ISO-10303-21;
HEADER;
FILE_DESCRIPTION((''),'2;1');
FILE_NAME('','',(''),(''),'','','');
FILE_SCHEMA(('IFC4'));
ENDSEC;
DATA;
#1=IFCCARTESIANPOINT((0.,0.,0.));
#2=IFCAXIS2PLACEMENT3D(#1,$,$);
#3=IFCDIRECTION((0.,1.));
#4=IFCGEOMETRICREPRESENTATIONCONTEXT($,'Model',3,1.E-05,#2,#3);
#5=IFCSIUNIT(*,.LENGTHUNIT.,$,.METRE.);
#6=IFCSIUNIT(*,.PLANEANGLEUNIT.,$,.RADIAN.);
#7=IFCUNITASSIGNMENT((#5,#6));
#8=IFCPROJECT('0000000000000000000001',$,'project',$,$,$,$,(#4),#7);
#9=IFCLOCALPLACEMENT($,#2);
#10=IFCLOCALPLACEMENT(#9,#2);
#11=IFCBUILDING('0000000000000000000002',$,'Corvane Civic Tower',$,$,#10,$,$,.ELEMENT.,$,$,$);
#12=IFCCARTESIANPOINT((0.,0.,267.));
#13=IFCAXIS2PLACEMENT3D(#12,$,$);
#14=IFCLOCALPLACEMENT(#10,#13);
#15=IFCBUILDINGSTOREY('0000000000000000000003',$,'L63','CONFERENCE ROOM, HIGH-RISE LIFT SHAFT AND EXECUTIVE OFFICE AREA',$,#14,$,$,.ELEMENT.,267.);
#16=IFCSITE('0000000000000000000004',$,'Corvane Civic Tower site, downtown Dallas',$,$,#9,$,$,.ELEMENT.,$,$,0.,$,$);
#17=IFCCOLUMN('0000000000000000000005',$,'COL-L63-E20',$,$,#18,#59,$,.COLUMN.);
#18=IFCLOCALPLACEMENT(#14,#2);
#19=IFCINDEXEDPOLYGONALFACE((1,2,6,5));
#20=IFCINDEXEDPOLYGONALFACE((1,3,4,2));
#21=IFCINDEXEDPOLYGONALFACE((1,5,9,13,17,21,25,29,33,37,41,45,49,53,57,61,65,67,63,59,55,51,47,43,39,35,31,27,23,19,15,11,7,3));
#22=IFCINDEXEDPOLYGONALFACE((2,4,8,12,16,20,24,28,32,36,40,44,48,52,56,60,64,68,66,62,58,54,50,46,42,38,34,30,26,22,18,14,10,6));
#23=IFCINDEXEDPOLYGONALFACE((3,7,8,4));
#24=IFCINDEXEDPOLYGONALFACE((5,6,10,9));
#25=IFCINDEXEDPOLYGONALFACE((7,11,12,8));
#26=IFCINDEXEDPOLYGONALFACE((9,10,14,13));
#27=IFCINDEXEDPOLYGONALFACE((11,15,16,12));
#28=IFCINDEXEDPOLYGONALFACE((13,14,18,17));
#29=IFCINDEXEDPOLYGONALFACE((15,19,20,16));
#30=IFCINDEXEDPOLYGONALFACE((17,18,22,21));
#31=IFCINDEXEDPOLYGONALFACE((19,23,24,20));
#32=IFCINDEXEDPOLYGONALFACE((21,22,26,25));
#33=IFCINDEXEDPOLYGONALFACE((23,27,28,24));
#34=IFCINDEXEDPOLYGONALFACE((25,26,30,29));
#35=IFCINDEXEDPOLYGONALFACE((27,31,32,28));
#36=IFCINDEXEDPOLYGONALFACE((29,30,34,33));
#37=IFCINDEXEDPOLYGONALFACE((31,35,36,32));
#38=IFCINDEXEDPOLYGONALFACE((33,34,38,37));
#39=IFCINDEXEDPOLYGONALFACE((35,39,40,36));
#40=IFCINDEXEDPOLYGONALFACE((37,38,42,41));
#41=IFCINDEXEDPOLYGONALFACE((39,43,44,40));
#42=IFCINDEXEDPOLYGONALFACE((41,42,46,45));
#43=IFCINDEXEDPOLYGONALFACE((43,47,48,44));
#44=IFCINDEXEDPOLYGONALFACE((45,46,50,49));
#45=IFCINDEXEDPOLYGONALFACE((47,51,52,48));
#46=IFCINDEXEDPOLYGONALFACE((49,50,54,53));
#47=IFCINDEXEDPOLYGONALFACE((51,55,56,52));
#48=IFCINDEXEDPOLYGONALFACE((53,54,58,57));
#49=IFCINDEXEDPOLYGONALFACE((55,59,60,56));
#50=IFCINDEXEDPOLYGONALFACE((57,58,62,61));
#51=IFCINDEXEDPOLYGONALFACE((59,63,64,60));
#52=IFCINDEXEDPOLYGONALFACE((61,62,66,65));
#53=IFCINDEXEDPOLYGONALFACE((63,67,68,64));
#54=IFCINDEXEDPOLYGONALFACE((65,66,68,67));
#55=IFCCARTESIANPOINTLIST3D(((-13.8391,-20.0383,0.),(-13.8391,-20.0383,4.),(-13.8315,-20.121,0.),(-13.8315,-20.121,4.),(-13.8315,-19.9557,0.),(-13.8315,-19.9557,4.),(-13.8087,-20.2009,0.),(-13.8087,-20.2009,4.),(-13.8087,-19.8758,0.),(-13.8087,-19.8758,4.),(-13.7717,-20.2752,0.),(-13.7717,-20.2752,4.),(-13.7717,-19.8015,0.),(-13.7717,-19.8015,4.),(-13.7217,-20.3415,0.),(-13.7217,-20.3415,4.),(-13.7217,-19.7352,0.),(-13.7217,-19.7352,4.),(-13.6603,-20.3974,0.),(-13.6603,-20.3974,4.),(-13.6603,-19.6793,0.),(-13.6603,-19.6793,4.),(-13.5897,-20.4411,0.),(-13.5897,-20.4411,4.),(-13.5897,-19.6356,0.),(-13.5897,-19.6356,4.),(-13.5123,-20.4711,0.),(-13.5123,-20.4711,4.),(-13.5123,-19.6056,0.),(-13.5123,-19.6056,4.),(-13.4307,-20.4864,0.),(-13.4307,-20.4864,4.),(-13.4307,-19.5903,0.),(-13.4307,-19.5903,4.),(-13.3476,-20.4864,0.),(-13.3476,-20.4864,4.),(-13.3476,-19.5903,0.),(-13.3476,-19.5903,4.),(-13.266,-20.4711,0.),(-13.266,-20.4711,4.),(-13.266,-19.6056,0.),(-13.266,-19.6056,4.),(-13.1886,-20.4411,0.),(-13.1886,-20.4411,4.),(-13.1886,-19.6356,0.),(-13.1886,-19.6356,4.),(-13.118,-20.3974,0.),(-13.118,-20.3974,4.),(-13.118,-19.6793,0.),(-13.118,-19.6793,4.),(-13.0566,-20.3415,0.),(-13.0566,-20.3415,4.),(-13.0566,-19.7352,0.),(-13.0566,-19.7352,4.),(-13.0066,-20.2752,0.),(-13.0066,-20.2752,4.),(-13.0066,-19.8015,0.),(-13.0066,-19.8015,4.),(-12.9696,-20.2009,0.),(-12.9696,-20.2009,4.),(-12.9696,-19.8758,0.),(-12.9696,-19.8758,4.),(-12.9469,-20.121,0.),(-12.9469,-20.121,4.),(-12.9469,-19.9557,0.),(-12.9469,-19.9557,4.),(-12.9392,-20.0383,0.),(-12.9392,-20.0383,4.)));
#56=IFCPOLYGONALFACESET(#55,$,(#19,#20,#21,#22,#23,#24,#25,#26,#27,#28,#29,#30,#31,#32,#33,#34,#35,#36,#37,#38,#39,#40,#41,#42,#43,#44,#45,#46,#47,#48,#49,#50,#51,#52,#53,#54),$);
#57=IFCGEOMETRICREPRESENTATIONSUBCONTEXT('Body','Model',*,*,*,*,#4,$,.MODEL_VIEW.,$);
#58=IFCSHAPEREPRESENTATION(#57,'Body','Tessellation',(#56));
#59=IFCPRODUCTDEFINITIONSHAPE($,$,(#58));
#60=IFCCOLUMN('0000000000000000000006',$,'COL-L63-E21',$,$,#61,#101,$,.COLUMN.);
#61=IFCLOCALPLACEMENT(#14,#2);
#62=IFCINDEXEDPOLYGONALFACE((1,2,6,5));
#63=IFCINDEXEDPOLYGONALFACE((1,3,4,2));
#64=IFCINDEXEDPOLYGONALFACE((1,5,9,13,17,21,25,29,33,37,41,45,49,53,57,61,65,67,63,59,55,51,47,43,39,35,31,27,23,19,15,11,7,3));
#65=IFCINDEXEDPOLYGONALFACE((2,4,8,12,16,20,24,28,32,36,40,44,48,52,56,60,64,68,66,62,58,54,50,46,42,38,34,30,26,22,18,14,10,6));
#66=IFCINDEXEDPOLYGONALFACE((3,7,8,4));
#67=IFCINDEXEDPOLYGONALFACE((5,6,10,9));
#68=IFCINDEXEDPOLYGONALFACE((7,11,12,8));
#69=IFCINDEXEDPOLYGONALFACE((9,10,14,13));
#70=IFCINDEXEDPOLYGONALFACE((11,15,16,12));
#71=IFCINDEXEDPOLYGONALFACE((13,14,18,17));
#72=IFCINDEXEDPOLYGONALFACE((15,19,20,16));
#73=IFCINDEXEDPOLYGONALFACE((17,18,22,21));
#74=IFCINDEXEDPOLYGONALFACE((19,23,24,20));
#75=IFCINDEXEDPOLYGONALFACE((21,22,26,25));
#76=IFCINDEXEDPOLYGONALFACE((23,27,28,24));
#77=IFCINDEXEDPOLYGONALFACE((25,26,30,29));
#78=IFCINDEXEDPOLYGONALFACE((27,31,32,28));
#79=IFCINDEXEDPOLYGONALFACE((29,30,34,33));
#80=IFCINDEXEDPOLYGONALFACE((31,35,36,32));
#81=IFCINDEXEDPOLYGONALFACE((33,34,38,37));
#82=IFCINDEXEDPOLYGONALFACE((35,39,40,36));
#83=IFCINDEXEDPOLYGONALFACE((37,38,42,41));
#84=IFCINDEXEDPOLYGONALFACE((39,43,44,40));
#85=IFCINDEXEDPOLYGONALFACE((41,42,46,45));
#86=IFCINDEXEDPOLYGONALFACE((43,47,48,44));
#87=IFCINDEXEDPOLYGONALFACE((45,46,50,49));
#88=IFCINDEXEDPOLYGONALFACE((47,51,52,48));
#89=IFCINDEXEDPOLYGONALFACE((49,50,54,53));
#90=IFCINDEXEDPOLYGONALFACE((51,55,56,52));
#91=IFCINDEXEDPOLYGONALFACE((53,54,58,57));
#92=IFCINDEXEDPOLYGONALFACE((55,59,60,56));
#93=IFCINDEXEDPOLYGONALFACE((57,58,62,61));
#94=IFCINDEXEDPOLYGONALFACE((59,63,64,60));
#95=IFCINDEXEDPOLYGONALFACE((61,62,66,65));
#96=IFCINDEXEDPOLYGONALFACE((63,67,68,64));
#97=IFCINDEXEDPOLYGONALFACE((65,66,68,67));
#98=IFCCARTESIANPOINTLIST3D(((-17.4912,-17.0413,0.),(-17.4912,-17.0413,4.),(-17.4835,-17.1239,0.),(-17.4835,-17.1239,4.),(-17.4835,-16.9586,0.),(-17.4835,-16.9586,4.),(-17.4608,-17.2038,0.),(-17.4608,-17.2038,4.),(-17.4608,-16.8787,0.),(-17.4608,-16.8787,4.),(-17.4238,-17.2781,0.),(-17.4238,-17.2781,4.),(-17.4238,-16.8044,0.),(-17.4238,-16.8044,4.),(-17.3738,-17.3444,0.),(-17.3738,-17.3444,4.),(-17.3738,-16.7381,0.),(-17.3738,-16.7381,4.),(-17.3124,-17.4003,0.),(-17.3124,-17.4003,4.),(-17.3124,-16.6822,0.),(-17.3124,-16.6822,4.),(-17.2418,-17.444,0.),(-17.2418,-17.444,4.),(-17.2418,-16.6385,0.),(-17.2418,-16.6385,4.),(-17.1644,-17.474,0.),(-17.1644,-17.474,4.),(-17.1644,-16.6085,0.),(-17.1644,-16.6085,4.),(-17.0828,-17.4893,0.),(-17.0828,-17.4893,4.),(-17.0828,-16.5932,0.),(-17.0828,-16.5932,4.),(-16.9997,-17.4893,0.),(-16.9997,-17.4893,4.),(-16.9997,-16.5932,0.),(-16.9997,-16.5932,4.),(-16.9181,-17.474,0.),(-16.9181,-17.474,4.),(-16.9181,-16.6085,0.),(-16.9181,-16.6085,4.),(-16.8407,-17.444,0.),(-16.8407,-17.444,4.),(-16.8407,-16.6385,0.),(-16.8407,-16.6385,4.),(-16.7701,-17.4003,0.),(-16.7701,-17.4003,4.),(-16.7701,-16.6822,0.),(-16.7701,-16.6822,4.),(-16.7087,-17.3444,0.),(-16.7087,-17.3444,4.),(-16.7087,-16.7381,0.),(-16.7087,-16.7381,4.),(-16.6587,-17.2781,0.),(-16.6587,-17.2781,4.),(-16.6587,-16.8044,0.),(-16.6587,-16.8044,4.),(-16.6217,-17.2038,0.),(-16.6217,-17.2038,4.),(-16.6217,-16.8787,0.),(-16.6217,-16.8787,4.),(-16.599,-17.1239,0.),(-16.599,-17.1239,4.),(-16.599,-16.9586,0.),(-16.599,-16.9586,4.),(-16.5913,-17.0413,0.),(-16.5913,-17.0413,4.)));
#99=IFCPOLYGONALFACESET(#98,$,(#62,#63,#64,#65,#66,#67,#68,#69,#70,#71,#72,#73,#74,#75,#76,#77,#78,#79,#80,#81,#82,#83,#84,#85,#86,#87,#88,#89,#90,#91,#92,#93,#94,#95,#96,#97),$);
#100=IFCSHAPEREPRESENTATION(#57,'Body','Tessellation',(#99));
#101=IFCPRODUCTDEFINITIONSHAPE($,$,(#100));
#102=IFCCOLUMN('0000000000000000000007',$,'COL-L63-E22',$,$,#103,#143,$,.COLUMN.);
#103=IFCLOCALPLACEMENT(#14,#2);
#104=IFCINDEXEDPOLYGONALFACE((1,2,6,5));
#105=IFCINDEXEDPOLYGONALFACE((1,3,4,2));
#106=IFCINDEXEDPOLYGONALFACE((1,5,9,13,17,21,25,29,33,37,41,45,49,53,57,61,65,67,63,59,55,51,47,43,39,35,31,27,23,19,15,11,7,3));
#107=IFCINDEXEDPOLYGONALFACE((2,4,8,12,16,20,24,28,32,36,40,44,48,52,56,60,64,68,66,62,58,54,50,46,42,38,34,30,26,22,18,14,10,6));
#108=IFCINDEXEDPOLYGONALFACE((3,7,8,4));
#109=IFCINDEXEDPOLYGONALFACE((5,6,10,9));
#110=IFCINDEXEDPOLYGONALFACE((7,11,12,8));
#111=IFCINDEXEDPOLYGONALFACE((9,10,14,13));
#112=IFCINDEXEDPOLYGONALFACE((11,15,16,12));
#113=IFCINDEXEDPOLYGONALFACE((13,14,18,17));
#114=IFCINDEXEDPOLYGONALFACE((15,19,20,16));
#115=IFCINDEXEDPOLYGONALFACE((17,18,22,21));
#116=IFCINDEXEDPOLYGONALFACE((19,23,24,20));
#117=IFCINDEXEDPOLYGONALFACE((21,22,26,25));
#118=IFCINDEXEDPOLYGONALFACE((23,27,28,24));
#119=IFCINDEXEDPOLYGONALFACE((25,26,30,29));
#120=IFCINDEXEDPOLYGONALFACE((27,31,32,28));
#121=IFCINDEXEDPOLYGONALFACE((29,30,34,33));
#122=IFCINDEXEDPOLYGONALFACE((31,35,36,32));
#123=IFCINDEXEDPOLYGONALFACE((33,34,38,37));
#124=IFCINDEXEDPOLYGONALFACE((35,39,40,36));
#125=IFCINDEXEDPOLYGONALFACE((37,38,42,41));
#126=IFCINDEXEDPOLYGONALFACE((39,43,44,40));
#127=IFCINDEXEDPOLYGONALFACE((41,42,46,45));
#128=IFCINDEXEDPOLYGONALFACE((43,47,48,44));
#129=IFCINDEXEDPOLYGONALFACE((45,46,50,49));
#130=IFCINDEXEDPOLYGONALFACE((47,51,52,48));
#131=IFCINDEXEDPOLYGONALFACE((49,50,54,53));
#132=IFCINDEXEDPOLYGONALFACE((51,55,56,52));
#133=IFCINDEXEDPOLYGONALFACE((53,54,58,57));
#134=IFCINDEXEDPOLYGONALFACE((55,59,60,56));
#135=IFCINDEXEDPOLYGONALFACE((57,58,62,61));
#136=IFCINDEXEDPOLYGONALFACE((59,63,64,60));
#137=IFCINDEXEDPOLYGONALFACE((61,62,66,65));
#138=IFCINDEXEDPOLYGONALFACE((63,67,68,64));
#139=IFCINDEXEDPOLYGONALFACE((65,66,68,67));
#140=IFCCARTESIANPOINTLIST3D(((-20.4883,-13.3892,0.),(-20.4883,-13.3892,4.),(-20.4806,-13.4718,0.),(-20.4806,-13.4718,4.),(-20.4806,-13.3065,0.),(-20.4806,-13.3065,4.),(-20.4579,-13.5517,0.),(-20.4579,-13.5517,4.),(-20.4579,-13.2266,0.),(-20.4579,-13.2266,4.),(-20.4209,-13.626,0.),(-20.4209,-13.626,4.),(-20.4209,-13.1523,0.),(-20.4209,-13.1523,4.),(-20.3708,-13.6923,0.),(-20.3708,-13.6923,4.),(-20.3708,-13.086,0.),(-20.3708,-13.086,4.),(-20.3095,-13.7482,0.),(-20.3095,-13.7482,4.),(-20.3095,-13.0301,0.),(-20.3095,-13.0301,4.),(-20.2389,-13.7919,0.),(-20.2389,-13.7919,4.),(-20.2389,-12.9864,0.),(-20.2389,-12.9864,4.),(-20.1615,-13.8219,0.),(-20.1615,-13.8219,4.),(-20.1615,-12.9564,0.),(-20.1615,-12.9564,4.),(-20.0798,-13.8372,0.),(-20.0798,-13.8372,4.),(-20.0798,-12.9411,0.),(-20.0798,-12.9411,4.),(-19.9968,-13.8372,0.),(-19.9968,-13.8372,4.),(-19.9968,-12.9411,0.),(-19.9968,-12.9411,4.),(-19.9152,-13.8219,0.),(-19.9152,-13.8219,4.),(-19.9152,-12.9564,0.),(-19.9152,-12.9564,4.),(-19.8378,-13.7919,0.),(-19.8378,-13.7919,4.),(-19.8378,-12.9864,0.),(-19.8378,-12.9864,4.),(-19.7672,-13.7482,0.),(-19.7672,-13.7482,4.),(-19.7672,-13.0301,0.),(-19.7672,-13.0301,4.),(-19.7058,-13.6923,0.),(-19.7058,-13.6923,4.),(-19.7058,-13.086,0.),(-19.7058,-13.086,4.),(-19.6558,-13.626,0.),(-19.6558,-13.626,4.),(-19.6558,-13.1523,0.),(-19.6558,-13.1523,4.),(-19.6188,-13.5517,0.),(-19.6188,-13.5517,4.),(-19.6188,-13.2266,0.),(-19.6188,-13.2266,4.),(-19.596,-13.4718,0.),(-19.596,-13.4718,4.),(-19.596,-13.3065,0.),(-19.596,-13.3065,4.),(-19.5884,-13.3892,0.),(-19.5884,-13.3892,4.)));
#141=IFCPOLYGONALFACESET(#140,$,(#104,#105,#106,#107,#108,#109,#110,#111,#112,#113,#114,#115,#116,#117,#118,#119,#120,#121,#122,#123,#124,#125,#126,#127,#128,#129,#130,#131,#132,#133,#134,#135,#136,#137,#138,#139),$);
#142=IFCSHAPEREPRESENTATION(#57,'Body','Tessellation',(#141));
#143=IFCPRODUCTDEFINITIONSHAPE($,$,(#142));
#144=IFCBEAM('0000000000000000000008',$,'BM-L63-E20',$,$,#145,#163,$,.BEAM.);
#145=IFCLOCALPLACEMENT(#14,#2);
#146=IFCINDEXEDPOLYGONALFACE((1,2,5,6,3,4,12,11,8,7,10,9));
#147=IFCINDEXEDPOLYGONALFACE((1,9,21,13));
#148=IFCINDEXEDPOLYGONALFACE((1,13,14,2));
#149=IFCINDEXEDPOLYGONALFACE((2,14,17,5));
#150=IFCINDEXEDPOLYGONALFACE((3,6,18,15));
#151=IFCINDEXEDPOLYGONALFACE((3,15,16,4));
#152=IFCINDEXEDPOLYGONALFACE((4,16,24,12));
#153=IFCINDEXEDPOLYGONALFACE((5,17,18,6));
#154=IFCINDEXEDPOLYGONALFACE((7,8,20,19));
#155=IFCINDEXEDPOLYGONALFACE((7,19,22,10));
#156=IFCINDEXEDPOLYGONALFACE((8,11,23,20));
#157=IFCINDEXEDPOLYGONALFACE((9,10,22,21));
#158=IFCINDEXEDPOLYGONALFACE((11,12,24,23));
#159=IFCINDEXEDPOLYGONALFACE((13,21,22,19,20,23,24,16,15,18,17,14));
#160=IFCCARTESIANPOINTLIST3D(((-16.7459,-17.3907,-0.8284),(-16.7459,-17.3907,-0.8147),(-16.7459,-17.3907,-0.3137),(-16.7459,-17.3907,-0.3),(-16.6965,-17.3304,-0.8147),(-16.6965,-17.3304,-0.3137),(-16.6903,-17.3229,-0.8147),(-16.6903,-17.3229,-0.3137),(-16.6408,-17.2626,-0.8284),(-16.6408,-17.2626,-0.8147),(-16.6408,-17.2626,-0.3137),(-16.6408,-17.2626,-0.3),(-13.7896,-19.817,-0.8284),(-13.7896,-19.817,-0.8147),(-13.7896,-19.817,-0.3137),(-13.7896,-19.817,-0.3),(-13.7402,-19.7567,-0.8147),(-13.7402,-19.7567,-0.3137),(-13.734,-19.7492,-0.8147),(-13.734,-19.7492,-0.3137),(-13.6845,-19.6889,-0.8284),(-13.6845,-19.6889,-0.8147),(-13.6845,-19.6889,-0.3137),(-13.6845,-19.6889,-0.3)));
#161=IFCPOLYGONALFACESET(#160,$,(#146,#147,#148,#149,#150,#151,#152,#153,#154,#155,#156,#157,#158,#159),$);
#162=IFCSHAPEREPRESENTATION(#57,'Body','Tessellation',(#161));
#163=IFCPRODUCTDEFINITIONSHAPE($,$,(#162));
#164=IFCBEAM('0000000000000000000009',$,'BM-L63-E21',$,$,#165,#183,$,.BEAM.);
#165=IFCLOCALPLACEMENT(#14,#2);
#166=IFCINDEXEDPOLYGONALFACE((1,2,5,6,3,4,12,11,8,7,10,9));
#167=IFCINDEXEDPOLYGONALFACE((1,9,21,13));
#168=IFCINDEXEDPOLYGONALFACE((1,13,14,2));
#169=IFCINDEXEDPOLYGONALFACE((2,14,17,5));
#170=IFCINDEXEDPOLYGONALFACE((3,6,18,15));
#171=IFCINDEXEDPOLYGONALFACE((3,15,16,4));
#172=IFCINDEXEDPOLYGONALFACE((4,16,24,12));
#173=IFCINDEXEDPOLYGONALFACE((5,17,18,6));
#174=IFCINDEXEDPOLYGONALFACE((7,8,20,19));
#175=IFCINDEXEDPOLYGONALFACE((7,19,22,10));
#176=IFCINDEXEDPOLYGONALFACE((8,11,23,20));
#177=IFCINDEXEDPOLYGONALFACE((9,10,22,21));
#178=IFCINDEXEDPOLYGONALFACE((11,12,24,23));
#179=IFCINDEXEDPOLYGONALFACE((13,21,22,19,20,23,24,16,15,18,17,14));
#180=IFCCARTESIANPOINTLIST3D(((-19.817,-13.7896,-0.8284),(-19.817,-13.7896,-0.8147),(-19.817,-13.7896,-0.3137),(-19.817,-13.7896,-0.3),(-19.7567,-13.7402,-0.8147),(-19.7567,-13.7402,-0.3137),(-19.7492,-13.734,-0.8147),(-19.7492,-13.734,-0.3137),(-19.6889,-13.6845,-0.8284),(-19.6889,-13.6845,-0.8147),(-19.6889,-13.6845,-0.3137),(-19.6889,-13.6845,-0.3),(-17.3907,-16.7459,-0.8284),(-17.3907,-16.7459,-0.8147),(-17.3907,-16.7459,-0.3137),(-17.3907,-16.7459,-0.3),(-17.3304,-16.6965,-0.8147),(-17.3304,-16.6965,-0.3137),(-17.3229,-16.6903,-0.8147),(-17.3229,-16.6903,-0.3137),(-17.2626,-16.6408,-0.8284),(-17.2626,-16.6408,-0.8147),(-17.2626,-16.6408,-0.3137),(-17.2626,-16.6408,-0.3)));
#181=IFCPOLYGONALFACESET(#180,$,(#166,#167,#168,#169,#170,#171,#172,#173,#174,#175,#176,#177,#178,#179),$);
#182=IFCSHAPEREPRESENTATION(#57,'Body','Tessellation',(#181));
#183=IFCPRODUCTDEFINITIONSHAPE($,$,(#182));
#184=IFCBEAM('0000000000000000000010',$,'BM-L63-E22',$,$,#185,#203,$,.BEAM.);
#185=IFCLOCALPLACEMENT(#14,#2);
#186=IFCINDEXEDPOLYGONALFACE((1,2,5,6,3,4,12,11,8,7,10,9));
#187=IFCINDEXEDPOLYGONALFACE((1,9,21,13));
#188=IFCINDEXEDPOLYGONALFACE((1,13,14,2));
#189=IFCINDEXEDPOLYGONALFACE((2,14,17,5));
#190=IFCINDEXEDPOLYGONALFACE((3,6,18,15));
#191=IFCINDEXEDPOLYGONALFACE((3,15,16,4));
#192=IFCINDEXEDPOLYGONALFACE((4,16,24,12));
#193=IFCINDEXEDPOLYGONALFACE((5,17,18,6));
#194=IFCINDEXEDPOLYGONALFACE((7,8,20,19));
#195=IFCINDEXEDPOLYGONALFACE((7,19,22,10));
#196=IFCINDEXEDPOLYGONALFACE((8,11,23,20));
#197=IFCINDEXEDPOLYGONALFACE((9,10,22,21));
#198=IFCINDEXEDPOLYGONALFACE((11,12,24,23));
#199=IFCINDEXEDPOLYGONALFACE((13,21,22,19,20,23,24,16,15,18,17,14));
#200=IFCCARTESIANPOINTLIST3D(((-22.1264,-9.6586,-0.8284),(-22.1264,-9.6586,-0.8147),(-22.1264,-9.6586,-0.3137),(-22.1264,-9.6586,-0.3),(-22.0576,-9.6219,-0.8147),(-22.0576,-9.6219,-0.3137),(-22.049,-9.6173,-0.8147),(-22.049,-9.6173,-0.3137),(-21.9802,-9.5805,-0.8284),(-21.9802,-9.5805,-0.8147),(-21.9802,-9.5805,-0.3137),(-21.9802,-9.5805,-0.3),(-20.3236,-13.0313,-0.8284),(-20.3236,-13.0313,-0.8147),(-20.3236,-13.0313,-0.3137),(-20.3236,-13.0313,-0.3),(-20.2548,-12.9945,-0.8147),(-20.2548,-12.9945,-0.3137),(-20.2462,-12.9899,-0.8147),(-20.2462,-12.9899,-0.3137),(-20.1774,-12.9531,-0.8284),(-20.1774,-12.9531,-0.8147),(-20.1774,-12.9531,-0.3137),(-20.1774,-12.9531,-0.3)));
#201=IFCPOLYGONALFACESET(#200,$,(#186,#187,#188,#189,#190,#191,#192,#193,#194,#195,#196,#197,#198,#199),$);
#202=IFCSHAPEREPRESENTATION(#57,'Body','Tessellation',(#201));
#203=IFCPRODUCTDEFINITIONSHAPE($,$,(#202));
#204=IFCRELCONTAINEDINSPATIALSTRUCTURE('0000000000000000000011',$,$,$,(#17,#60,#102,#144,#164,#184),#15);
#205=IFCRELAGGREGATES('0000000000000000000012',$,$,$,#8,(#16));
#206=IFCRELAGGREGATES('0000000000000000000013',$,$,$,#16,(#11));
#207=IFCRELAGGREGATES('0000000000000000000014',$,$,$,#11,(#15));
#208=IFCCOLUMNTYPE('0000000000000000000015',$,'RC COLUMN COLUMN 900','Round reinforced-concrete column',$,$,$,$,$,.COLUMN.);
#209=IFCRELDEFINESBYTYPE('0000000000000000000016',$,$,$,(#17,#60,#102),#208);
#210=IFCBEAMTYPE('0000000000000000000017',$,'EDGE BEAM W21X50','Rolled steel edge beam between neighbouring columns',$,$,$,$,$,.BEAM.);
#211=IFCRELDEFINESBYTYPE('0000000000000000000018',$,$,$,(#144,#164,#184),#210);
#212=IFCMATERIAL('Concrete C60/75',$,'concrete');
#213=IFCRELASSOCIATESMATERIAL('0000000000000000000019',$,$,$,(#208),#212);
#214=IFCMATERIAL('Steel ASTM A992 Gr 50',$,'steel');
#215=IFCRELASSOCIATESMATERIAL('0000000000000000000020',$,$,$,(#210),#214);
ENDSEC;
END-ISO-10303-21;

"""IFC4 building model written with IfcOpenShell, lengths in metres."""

from ifc_helpers import new_model, si_unit, direction, frame, origin, origin_2d, place, context, subcontext, project, spatial, circle, i_section, extrude, material, material_profile, profile_set, type_object, element, save


model = new_model("IFC4")

# Units and contexts
model_context = context("Model", 3, precision=1e-05, world=origin(), true_north=direction((0.0, 1.0)))
body_context = subcontext(model_context, "Body", "Model", "MODEL_VIEW")
ifc_project = project(units=[si_unit("LENGTHUNIT", "METRE"), si_unit("PLANEANGLEUNIT", "RADIAN")], contexts=[model_context])

# Site, building, storey
site_placement = place(None, origin())
site = spatial("IfcSite", under=ifc_project, at=site_placement, Name="Corvane Civic Tower site, downtown Dallas", CompositionType="ELEMENT", RefElevation=0.0)
building_placement = place(site_placement, origin())
building = spatial("IfcBuilding", under=site, at=building_placement, Name="Corvane Civic Tower", CompositionType="ELEMENT")
storey_placement = place(building_placement, frame((0.0, 0.0, 267.0)))
storey = spatial("IfcBuildingStorey", under=building, at=storey_placement, Name="L63", Description="CONFERENCE ROOM, HIGH-RISE LIFT SHAFT AND EXECUTIVE OFFICE AREA", CompositionType="ELEMENT", Elevation=267.0)

# Columns
ifc_material_1 = material(Name="Concrete C60/75", Category="concrete")
ifc_material_profile_1 = material_profile(ifc_material_1, circle(Radius=0.45, at=origin_2d()), Name="COLUMN 900")
ifc_profile_set_1 = profile_set([ifc_material_profile_1], Name="Concrete C60/75")
column_type = type_object("IfcColumnType", Name="RC COLUMN COLUMN 900", Description="Round reinforced-concrete column", PredefinedType="COLUMN", material=ifc_profile_set_1)
for number, where, z_axis, x_axis, name in (
    (1, (-13.3892, -20.0383, 0.0), (0.0, 0.0, 1.0), (1.0, 0.0, 0.0), "COL-L63-E20"),
    (2, (-17.0413, -17.0413, 0.0), (0.0, 0.0, 1.0), (1.0, 0.0, 0.0), "COL-L63-E21"),
    (3, (-20.0383, -13.3892, 0.0), (0.0, 0.0, 1.0), (1.0, 0.0, 0.0), "COL-L63-E22"),
):
    element("IfcColumn", number, at=place(storey_placement, frame(where, z_axis=z_axis, x_axis=x_axis)), inside=storey, type_object=column_type, Name=name, PredefinedType="COLUMN", context=body_context, shape_type="SweptSolid", body=[
        extrude(circle(Radius=0.45, at=origin_2d()), origin(), (0.0, 0.0, 1.0), 4.0),
    ])

# Beams
ifc_material_2 = material(Name="Steel ASTM A992 Gr 50", Category="steel")
ifc_material_profile_2 = material_profile(ifc_material_2, i_section(OverallWidth=0.1658, OverallDepth=0.5283, WebThickness=0.0098, FlangeThickness=0.0137, at=origin_2d()), Name="W21X50")
ifc_profile_set_2 = profile_set([ifc_material_profile_2], Name="Steel ASTM A992 Gr 50")
beam_type_1 = type_object("IfcBeamType", Name="EDGE BEAM W21X50", Description="Rolled steel edge beam between neighbouring columns", PredefinedType="BEAM", material=ifc_profile_set_2)
for number, where, z_axis, x_axis, name in (
    (4, (-13.7371, -19.7529, -0.5642), (-0.772998, 0.634409, 0.0), (-0.634409, -0.772998, 0.0), "BM-L63-E20"),
    (5, (-17.3267, -16.6934, -0.5642), (-0.634409, 0.772998, 0.0), (-0.772998, -0.634409, 0.0), "BM-L63-E21"),
):
    element("IfcBeam", number, at=place(storey_placement, frame(where, z_axis=z_axis, x_axis=x_axis)), inside=storey, type_object=beam_type_1, Name=name, PredefinedType="BEAM", context=body_context, shape_type="SweptSolid", body=[
        extrude(i_section(OverallWidth=0.1658, OverallDepth=0.5283, WebThickness=0.0098, FlangeThickness=0.0137, at=origin_2d()), origin(), (0.0, 0.0, 1.0), 3.8245),
    ])
beam_1_placement = place(storey_placement, frame((-20.2505, -12.9922, -0.5642), z_axis=(-0.47141, 0.881914, 0.0), x_axis=(-0.881914, -0.47141, 0.0)))
element("IfcBeam", 6, at=beam_1_placement, inside=storey, type_object=beam_type_1, Name="BM-L63-E22", PredefinedType="BEAM", context=body_context, shape_type="SweptSolid", body=[
    extrude(i_section(OverallWidth=0.1658, OverallDepth=0.5283, WebThickness=0.0098, FlangeThickness=0.0137, at=origin_2d()), origin(), (0.0, 0.0, 1.0), 3.8242),
])

save(model, "model.ifc")
